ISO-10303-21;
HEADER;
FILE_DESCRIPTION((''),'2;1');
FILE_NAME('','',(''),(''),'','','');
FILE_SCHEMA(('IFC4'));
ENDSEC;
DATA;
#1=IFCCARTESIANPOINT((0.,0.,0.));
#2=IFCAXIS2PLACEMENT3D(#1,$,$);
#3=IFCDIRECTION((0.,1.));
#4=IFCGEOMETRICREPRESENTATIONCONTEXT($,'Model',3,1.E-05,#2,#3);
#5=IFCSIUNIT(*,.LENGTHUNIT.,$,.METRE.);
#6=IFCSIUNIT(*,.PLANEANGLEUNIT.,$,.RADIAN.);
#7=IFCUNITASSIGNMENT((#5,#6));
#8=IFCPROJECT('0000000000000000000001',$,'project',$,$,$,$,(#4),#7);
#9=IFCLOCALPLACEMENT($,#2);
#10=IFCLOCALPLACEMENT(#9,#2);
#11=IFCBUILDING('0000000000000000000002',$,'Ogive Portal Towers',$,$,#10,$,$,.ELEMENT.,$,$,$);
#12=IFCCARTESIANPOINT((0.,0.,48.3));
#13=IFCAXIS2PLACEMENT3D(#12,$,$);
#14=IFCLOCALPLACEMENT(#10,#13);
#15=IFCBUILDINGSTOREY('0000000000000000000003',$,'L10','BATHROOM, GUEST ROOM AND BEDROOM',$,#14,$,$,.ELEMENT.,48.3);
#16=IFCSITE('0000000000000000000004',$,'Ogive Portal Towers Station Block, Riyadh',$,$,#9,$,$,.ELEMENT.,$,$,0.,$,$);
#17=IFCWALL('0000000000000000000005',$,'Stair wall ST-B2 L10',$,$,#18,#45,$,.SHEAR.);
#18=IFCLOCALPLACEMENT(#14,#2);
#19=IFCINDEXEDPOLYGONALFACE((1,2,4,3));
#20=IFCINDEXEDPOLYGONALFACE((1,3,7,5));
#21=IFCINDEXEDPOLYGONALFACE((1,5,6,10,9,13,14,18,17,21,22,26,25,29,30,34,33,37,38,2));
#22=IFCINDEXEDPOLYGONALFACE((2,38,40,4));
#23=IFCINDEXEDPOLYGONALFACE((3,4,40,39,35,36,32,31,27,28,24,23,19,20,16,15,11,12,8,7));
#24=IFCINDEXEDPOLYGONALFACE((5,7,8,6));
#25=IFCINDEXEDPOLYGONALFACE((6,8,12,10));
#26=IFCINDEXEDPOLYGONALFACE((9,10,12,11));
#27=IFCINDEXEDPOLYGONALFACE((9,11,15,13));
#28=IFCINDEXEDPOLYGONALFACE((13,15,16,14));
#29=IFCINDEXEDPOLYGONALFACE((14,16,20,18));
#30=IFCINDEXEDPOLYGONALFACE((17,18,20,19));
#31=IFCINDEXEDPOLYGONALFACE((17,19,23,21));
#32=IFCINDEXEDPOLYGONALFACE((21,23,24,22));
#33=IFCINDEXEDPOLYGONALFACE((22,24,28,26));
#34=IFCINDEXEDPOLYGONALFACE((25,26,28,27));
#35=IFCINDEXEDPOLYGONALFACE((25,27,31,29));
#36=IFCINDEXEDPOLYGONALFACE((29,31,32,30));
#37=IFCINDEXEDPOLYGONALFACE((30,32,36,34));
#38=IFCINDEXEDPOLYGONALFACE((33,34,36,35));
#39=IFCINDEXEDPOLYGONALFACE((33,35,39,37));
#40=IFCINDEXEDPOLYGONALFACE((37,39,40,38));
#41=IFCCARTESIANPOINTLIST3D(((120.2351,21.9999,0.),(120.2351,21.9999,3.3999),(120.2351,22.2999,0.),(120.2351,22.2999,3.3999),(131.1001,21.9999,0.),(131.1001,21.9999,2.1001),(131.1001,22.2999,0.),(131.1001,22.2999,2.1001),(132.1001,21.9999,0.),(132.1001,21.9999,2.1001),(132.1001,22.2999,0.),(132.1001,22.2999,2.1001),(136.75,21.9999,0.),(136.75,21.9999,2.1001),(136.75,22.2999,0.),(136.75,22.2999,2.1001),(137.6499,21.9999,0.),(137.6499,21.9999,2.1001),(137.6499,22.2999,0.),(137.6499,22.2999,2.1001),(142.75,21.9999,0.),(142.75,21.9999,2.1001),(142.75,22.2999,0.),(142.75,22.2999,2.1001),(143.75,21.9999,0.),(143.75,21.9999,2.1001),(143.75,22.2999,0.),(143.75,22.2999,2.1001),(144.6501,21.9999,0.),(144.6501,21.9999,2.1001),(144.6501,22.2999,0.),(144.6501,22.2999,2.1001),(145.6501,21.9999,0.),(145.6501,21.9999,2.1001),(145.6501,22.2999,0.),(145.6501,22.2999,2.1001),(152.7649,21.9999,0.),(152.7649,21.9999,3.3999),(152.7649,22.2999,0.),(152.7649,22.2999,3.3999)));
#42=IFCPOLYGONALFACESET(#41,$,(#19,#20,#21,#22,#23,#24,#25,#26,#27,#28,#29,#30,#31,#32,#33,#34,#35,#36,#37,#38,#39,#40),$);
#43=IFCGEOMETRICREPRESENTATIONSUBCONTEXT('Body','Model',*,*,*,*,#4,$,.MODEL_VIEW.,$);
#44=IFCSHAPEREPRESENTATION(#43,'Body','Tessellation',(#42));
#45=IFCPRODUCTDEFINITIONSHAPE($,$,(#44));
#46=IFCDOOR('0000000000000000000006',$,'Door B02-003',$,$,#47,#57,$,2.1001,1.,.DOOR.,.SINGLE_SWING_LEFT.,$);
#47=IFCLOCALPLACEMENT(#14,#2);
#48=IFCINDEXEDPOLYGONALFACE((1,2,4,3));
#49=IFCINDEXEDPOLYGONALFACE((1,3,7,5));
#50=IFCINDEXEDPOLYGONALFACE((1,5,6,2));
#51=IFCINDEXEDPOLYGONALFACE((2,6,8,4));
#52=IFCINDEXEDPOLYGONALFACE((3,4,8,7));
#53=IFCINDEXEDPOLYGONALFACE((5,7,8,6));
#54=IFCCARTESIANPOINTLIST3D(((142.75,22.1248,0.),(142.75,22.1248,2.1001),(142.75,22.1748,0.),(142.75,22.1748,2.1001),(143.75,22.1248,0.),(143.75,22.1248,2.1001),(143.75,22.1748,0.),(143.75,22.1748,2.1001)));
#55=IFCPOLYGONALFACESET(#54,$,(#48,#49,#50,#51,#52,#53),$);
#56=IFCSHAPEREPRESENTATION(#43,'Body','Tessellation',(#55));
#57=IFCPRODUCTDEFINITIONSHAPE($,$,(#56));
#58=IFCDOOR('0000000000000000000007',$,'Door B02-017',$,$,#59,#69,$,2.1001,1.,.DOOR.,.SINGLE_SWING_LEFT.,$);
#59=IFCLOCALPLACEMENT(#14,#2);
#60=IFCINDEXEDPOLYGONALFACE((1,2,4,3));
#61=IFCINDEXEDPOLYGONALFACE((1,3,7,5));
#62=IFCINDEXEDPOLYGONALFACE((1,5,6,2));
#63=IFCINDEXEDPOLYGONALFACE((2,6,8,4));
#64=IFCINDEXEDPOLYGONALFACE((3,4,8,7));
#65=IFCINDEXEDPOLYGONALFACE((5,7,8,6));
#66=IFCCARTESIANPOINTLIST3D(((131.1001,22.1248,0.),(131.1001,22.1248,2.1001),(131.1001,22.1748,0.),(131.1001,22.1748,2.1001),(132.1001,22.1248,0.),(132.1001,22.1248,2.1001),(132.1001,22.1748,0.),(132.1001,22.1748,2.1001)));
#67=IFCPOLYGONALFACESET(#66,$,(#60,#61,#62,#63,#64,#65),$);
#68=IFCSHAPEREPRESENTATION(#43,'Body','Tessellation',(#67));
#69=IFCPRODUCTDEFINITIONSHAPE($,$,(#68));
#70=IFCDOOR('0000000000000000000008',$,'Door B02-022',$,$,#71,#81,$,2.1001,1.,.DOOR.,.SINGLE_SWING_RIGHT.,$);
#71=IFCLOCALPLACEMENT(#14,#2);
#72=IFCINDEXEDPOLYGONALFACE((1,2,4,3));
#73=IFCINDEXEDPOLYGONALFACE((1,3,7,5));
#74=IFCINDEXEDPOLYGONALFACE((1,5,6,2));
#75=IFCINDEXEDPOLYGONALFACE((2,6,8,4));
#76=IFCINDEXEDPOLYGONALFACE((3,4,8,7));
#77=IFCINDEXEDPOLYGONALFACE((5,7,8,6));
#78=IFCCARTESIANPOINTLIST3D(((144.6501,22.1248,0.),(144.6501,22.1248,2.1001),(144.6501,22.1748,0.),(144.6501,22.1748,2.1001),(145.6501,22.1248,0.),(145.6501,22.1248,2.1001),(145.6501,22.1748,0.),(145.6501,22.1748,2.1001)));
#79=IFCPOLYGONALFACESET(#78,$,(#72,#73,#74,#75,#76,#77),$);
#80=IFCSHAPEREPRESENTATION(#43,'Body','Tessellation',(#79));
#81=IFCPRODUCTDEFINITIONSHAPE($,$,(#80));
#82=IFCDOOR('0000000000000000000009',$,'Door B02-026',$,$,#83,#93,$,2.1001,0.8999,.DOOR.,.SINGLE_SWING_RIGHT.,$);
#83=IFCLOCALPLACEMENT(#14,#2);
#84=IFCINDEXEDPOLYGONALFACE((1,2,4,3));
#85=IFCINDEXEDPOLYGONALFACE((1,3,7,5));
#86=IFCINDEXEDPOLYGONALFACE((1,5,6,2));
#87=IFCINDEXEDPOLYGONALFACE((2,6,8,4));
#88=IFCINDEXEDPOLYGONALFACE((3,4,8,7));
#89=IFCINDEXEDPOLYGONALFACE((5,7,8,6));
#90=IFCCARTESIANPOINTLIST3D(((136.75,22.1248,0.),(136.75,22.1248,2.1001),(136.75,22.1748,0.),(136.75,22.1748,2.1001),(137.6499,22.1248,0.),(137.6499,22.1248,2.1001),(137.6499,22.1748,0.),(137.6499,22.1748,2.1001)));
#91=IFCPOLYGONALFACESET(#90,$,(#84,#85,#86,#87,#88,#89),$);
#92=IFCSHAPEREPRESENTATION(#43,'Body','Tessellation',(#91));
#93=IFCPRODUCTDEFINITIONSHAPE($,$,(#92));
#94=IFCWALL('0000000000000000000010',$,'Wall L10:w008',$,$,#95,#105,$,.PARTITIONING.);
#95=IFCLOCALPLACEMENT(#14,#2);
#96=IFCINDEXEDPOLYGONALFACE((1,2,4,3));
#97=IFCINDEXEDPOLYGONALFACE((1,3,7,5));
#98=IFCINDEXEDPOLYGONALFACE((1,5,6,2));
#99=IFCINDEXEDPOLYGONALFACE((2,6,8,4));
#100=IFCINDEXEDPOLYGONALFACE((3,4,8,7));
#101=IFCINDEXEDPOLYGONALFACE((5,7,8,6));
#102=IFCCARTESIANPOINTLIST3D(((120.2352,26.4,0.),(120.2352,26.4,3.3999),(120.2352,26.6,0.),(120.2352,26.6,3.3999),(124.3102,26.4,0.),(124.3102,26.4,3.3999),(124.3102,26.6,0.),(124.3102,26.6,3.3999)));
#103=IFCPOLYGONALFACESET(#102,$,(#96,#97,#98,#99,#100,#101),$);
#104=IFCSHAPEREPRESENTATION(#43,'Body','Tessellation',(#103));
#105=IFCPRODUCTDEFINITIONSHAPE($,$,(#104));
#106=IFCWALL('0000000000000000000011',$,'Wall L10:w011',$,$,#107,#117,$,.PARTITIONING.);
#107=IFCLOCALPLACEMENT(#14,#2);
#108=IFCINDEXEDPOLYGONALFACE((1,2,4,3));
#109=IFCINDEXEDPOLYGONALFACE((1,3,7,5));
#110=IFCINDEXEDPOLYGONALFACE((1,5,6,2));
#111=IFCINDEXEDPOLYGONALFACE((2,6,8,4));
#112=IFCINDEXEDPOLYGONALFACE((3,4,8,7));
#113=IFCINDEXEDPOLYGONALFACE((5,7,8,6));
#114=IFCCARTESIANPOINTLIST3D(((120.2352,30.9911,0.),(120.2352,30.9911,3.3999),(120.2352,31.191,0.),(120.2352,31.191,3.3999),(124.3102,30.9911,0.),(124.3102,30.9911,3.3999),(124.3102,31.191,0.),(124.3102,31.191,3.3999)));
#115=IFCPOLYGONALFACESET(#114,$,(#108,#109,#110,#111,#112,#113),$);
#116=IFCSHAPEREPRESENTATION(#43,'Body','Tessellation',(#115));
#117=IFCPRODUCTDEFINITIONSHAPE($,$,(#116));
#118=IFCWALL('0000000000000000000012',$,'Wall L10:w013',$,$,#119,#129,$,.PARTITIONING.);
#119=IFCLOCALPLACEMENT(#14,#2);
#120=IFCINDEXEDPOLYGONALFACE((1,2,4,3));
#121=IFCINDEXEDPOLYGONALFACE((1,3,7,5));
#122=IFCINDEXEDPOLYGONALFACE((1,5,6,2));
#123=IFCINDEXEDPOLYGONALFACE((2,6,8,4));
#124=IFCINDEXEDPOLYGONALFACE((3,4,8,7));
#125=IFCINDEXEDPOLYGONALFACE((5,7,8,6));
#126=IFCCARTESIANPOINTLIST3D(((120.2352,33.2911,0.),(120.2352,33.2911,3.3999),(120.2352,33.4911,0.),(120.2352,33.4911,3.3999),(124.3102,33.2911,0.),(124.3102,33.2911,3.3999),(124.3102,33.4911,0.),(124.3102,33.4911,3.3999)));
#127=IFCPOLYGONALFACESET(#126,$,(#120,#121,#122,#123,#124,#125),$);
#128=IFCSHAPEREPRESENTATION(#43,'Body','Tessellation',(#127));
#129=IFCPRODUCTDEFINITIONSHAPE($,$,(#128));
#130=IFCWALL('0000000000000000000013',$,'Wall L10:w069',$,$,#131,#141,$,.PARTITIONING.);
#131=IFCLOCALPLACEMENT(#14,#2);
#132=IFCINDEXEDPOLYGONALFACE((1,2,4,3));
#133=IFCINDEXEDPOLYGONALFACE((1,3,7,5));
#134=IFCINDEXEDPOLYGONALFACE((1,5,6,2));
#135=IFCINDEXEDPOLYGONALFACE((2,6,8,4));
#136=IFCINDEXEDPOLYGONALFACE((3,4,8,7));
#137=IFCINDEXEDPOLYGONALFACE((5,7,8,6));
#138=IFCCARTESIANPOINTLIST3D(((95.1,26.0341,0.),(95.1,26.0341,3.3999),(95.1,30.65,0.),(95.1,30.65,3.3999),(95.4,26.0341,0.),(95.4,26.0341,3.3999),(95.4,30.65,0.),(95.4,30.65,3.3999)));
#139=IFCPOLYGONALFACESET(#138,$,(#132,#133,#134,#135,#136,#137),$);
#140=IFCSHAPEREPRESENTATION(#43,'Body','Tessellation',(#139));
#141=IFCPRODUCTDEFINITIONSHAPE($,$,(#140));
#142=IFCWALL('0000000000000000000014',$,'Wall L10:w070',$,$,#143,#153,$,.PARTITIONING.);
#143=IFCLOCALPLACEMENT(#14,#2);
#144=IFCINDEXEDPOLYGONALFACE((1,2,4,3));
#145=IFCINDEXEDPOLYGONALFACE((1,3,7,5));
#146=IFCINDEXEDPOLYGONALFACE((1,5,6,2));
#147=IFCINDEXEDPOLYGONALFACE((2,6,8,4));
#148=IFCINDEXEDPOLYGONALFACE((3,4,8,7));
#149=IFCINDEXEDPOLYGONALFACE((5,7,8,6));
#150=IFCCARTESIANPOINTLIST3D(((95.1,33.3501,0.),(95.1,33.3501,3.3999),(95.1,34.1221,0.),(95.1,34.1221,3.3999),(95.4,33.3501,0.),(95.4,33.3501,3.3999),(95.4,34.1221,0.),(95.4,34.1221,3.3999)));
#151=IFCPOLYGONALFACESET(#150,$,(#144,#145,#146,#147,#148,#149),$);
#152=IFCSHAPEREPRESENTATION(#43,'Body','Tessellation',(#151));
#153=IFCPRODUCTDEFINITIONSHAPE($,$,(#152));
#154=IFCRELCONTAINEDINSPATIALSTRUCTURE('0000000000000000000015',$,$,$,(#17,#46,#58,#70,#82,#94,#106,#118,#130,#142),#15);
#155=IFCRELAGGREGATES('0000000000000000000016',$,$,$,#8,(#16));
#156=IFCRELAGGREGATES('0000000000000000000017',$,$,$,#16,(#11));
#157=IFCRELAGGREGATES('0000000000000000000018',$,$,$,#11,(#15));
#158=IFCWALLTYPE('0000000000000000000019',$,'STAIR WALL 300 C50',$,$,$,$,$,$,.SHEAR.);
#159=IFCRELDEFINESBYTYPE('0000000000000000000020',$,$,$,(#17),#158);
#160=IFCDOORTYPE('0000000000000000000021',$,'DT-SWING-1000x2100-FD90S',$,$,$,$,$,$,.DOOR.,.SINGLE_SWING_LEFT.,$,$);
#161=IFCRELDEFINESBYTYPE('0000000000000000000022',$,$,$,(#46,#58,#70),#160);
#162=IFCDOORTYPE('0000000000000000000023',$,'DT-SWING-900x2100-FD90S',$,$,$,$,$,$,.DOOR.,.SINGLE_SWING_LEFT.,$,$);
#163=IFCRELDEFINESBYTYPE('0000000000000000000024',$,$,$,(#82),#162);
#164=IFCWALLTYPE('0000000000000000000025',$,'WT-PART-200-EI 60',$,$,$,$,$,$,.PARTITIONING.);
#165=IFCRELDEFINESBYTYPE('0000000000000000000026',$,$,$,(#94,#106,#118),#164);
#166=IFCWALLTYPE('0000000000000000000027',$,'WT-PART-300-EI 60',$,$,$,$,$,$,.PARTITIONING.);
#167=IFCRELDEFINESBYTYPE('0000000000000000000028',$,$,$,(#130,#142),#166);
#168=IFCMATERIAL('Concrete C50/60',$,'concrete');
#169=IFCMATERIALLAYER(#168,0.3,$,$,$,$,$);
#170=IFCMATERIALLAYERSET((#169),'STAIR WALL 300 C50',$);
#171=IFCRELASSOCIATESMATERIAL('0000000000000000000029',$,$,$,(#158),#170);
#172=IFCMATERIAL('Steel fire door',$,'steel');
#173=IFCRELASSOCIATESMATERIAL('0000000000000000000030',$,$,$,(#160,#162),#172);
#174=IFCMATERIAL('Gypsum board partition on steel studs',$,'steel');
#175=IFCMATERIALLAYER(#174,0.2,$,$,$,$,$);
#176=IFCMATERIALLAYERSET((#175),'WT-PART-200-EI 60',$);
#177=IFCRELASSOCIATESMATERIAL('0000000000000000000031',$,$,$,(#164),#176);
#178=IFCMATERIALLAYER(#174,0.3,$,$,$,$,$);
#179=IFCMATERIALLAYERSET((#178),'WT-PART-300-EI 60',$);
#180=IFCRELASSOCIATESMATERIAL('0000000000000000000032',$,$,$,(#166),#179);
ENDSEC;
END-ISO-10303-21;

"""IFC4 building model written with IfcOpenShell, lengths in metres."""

from ifc_helpers import new_model, si_unit, direction, frame, frame_2d, origin, place, context, subcontext, project, spatial, rectangle, extrude, material, layer, layer_set, type_object, element, fill, save


model = new_model("IFC4")

# Units and contexts
model_context = context("Model", 3, precision=1e-05, world=origin(), true_north=direction((0.0, 1.0)))
body_context = subcontext(model_context, "Body", "Model", "MODEL_VIEW")
ifc_project = project(units=[si_unit("LENGTHUNIT", "METRE"), si_unit("PLANEANGLEUNIT", "RADIAN")], contexts=[model_context])

# Site, building, storey
site_placement = place(None, origin())
site = spatial("IfcSite", under=ifc_project, at=site_placement, Name="Ogive Portal Towers Station Block, Riyadh", CompositionType="ELEMENT", RefElevation=0.0)
building_placement = place(site_placement, origin())
building = spatial("IfcBuilding", under=site, at=building_placement, Name="Ogive Portal Towers", CompositionType="ELEMENT")
storey_placement = place(building_placement, frame((0.0, 0.0, 48.3)))
storey = spatial("IfcBuildingStorey", under=building, at=storey_placement, Name="L10", Description="BATHROOM, GUEST ROOM AND BEDROOM", CompositionType="ELEMENT", Elevation=48.3)

# Wall, openings, doors
ifc_material_1 = material(Name="Concrete C50/60", Category="concrete")
ifc_layer_1 = layer(ifc_material_1, 0.3)
ifc_layer_set_1 = layer_set([ifc_layer_1], Name="STAIR WALL 300 C50")
wall_type_1 = type_object("IfcWallType", Name="STAIR WALL 300 C50", PredefinedType="SHEAR", material=ifc_layer_set_1)
wall_1_placement = place(storey_placement, frame((120.2351, 22.1499, 0.0), z_axis=(0.0, 0.0, 1.0), x_axis=(1.0, 0.0, 0.0)))
wall_1 = element("IfcWall", 1, at=wall_1_placement, inside=storey, type_object=wall_type_1, Name="Stair wall ST-B2 L10", PredefinedType="SHEAR", context=body_context, shape_type="SweptSolid", body=[
    extrude(rectangle(XDim=32.5298, YDim=0.3, at=frame_2d((16.2649, 0.0))), origin(), (0.0, 0.0, 1.0), 3.3999),
])
opening_1_placement = place(wall_1_placement, frame((22.5149, 0.0, 0.0)))
opening_1 = element("IfcOpeningElement", 2, at=opening_1_placement, cuts=wall_1, PredefinedType="OPENING", context=body_context, shape_type="SweptSolid", body=[
    extrude(rectangle(XDim=1.0, YDim=2.1001, at=frame_2d((0.5, 1.05))), frame((0.0, 0.1602, 0.0), z_axis=(0.0, -1.0, 0.0), x_axis=(1.0, 0.0, 0.0)), (0.0, 0.0, 1.0), 0.3201),
])
opening_2_placement = place(wall_1_placement, frame((10.865, 0.0, 0.0)))
opening_2 = element("IfcOpeningElement", 3, at=opening_2_placement, cuts=wall_1, PredefinedType="OPENING", context=body_context, shape_type="SweptSolid", body=[
    extrude(rectangle(XDim=1.0, YDim=2.1001, at=frame_2d((0.5, 1.05))), frame((0.0, 0.1602, 0.0), z_axis=(0.0, -1.0, 0.0), x_axis=(1.0, 0.0, 0.0)), (0.0, 0.0, 1.0), 0.3201),
])
opening_3_placement = place(wall_1_placement, frame((24.415, 0.0, 0.0)))
opening_3 = element("IfcOpeningElement", 4, at=opening_3_placement, cuts=wall_1, PredefinedType="OPENING", context=body_context, shape_type="SweptSolid", body=[
    extrude(rectangle(XDim=1.0, YDim=2.1001, at=frame_2d((0.5, 1.05))), frame((0.0, 0.1602, 0.0), z_axis=(0.0, -1.0, 0.0), x_axis=(1.0, 0.0, 0.0)), (0.0, 0.0, 1.0), 0.3201),
])
opening_4_placement = place(wall_1_placement, frame((16.5149, 0.0, 0.0)))
opening_4 = element("IfcOpeningElement", 5, at=opening_4_placement, cuts=wall_1, PredefinedType="OPENING", context=body_context, shape_type="SweptSolid", body=[
    extrude(rectangle(XDim=0.8999, YDim=2.1001, at=frame_2d((0.45, 1.05))), frame((0.0, 0.1602, 0.0), z_axis=(0.0, -1.0, 0.0), x_axis=(1.0, 0.0, 0.0)), (0.0, 0.0, 1.0), 0.3201),
])
ifc_material_2 = material(Name="Steel fire door", Category="steel")
door_type_1 = type_object("IfcDoorType", Name="DT-SWING-1000x2100-FD90S", OperationType="SINGLE_SWING_LEFT", PredefinedType="DOOR", material=ifc_material_2)
door_1_placement = place(opening_1_placement, origin())
door_1 = element("IfcDoor", 6, at=door_1_placement, inside=storey, type_object=door_type_1, Name="Door B02-003", OperationType="SINGLE_SWING_LEFT", OverallHeight=2.1001, OverallWidth=1.0, PredefinedType="DOOR", context=body_context, shape_type="SweptSolid", body=[
    extrude(rectangle(XDim=1.0, YDim=2.1001, at=frame_2d((0.5, 1.05))), frame((0.0, 0.0249, 0.0), z_axis=(0.0, -1.0, 0.0), x_axis=(1.0, 0.0, 0.0)), (0.0, 0.0, 1.0), 0.05),
])
fill(opening_1, door_1)
door_2_placement = place(opening_2_placement, origin())
door_2 = element("IfcDoor", 7, at=door_2_placement, inside=storey, type_object=door_type_1, Name="Door B02-017", OperationType="SINGLE_SWING_LEFT", OverallHeight=2.1001, OverallWidth=1.0, PredefinedType="DOOR", context=body_context, shape_type="SweptSolid", body=[
    extrude(rectangle(XDim=1.0, YDim=2.1001, at=frame_2d((0.5, 1.05))), frame((0.0, 0.0249, 0.0), z_axis=(0.0, -1.0, 0.0), x_axis=(1.0, 0.0, 0.0)), (0.0, 0.0, 1.0), 0.05),
])
fill(opening_2, door_2)
door_3_placement = place(opening_3_placement, origin())
door_3 = element("IfcDoor", 8, at=door_3_placement, inside=storey, type_object=door_type_1, Name="Door B02-022", OperationType="SINGLE_SWING_RIGHT", OverallHeight=2.1001, OverallWidth=1.0, PredefinedType="DOOR", context=body_context, shape_type="SweptSolid", body=[
    extrude(rectangle(XDim=1.0, YDim=2.1001, at=frame_2d((0.5, 1.05))), frame((0.0, 0.0249, 0.0), z_axis=(0.0, -1.0, 0.0), x_axis=(1.0, 0.0, 0.0)), (0.0, 0.0, 1.0), 0.05),
])
fill(opening_3, door_3)
door_type_2 = type_object("IfcDoorType", Name="DT-SWING-900x2100-FD90S", OperationType="SINGLE_SWING_LEFT", PredefinedType="DOOR", material=ifc_material_2)
door_4_placement = place(opening_4_placement, origin())
door_4 = element("IfcDoor", 9, at=door_4_placement, inside=storey, type_object=door_type_2, Name="Door B02-026", OperationType="SINGLE_SWING_RIGHT", OverallHeight=2.1001, OverallWidth=0.8999, PredefinedType="DOOR", context=body_context, shape_type="SweptSolid", body=[
    extrude(rectangle(XDim=0.8999, YDim=2.1001, at=frame_2d((0.45, 1.05))), frame((0.0, 0.0249, 0.0), z_axis=(0.0, -1.0, 0.0), x_axis=(1.0, 0.0, 0.0)), (0.0, 0.0, 1.0), 0.05),
])
fill(opening_4, door_4)

# Walls
ifc_material_3 = material(Name="Gypsum board partition on steel studs", Category="steel")
ifc_layer_2 = layer(ifc_material_3, 0.2)
ifc_layer_set_2 = layer_set([ifc_layer_2], Name="WT-PART-200-EI 60")
wall_type_2 = type_object("IfcWallType", Name="WT-PART-200-EI 60", PredefinedType="PARTITIONING", material=ifc_layer_set_2)
for number, where, z_axis, x_axis, name in (
    (10, (120.2351, 26.5, 0.0), (0.0, 0.0, 1.0), (1.0, 0.0, 0.0), "Wall L10:w008"),
    (11, (120.2351, 31.0911, 0.0), (0.0, 0.0, 1.0), (1.0, 0.0, 0.0), "Wall L10:w011"),
    (12, (120.2351, 33.3911, 0.0), (0.0, 0.0, 1.0), (1.0, 0.0, 0.0), "Wall L10:w013"),
):
    element("IfcWall", number, at=place(storey_placement, frame(where, z_axis=z_axis, x_axis=x_axis)), inside=storey, type_object=wall_type_2, Name=name, PredefinedType="PARTITIONING", context=body_context, shape_type="SweptSolid", body=[
        extrude(rectangle(XDim=4.075, YDim=0.2, at=frame_2d((2.0376, 0.0))), origin(), (0.0, 0.0, 1.0), 3.3999),
    ])
ifc_layer_3 = layer(ifc_material_3, 0.3)
ifc_layer_set_3 = layer_set([ifc_layer_3], Name="WT-PART-300-EI 60")
wall_type_3 = type_object("IfcWallType", Name="WT-PART-300-EI 60", PredefinedType="PARTITIONING", material=ifc_layer_set_3)
wall_2_placement = place(storey_placement, frame((95.25, 26.0339, 0.0), z_axis=(0.0, 0.0, 1.0), x_axis=(0.0, 1.0, 0.0)))
element("IfcWall", 13, at=wall_2_placement, inside=storey, type_object=wall_type_3, Name="Wall L10:w069", PredefinedType="PARTITIONING", context=body_context, shape_type="SweptSolid", body=[
    extrude(rectangle(XDim=4.616, YDim=0.3, at=frame_2d((2.3081, 0.0))), origin(), (0.0, 0.0, 1.0), 3.3999),
])
wall_3_placement = place(storey_placement, frame((95.25, 33.3501, 0.0), z_axis=(0.0, 0.0, 1.0), x_axis=(0.0, 1.0, 0.0)))
element("IfcWall", 14, at=wall_3_placement, inside=storey, type_object=wall_type_3, Name="Wall L10:w070", PredefinedType="PARTITIONING", context=body_context, shape_type="SweptSolid", body=[
    extrude(rectangle(XDim=0.772, YDim=0.3, at=frame_2d((0.386, 0.0))), origin(), (0.0, 0.0, 1.0), 3.3999),
])

save(model, "model.ifc")
